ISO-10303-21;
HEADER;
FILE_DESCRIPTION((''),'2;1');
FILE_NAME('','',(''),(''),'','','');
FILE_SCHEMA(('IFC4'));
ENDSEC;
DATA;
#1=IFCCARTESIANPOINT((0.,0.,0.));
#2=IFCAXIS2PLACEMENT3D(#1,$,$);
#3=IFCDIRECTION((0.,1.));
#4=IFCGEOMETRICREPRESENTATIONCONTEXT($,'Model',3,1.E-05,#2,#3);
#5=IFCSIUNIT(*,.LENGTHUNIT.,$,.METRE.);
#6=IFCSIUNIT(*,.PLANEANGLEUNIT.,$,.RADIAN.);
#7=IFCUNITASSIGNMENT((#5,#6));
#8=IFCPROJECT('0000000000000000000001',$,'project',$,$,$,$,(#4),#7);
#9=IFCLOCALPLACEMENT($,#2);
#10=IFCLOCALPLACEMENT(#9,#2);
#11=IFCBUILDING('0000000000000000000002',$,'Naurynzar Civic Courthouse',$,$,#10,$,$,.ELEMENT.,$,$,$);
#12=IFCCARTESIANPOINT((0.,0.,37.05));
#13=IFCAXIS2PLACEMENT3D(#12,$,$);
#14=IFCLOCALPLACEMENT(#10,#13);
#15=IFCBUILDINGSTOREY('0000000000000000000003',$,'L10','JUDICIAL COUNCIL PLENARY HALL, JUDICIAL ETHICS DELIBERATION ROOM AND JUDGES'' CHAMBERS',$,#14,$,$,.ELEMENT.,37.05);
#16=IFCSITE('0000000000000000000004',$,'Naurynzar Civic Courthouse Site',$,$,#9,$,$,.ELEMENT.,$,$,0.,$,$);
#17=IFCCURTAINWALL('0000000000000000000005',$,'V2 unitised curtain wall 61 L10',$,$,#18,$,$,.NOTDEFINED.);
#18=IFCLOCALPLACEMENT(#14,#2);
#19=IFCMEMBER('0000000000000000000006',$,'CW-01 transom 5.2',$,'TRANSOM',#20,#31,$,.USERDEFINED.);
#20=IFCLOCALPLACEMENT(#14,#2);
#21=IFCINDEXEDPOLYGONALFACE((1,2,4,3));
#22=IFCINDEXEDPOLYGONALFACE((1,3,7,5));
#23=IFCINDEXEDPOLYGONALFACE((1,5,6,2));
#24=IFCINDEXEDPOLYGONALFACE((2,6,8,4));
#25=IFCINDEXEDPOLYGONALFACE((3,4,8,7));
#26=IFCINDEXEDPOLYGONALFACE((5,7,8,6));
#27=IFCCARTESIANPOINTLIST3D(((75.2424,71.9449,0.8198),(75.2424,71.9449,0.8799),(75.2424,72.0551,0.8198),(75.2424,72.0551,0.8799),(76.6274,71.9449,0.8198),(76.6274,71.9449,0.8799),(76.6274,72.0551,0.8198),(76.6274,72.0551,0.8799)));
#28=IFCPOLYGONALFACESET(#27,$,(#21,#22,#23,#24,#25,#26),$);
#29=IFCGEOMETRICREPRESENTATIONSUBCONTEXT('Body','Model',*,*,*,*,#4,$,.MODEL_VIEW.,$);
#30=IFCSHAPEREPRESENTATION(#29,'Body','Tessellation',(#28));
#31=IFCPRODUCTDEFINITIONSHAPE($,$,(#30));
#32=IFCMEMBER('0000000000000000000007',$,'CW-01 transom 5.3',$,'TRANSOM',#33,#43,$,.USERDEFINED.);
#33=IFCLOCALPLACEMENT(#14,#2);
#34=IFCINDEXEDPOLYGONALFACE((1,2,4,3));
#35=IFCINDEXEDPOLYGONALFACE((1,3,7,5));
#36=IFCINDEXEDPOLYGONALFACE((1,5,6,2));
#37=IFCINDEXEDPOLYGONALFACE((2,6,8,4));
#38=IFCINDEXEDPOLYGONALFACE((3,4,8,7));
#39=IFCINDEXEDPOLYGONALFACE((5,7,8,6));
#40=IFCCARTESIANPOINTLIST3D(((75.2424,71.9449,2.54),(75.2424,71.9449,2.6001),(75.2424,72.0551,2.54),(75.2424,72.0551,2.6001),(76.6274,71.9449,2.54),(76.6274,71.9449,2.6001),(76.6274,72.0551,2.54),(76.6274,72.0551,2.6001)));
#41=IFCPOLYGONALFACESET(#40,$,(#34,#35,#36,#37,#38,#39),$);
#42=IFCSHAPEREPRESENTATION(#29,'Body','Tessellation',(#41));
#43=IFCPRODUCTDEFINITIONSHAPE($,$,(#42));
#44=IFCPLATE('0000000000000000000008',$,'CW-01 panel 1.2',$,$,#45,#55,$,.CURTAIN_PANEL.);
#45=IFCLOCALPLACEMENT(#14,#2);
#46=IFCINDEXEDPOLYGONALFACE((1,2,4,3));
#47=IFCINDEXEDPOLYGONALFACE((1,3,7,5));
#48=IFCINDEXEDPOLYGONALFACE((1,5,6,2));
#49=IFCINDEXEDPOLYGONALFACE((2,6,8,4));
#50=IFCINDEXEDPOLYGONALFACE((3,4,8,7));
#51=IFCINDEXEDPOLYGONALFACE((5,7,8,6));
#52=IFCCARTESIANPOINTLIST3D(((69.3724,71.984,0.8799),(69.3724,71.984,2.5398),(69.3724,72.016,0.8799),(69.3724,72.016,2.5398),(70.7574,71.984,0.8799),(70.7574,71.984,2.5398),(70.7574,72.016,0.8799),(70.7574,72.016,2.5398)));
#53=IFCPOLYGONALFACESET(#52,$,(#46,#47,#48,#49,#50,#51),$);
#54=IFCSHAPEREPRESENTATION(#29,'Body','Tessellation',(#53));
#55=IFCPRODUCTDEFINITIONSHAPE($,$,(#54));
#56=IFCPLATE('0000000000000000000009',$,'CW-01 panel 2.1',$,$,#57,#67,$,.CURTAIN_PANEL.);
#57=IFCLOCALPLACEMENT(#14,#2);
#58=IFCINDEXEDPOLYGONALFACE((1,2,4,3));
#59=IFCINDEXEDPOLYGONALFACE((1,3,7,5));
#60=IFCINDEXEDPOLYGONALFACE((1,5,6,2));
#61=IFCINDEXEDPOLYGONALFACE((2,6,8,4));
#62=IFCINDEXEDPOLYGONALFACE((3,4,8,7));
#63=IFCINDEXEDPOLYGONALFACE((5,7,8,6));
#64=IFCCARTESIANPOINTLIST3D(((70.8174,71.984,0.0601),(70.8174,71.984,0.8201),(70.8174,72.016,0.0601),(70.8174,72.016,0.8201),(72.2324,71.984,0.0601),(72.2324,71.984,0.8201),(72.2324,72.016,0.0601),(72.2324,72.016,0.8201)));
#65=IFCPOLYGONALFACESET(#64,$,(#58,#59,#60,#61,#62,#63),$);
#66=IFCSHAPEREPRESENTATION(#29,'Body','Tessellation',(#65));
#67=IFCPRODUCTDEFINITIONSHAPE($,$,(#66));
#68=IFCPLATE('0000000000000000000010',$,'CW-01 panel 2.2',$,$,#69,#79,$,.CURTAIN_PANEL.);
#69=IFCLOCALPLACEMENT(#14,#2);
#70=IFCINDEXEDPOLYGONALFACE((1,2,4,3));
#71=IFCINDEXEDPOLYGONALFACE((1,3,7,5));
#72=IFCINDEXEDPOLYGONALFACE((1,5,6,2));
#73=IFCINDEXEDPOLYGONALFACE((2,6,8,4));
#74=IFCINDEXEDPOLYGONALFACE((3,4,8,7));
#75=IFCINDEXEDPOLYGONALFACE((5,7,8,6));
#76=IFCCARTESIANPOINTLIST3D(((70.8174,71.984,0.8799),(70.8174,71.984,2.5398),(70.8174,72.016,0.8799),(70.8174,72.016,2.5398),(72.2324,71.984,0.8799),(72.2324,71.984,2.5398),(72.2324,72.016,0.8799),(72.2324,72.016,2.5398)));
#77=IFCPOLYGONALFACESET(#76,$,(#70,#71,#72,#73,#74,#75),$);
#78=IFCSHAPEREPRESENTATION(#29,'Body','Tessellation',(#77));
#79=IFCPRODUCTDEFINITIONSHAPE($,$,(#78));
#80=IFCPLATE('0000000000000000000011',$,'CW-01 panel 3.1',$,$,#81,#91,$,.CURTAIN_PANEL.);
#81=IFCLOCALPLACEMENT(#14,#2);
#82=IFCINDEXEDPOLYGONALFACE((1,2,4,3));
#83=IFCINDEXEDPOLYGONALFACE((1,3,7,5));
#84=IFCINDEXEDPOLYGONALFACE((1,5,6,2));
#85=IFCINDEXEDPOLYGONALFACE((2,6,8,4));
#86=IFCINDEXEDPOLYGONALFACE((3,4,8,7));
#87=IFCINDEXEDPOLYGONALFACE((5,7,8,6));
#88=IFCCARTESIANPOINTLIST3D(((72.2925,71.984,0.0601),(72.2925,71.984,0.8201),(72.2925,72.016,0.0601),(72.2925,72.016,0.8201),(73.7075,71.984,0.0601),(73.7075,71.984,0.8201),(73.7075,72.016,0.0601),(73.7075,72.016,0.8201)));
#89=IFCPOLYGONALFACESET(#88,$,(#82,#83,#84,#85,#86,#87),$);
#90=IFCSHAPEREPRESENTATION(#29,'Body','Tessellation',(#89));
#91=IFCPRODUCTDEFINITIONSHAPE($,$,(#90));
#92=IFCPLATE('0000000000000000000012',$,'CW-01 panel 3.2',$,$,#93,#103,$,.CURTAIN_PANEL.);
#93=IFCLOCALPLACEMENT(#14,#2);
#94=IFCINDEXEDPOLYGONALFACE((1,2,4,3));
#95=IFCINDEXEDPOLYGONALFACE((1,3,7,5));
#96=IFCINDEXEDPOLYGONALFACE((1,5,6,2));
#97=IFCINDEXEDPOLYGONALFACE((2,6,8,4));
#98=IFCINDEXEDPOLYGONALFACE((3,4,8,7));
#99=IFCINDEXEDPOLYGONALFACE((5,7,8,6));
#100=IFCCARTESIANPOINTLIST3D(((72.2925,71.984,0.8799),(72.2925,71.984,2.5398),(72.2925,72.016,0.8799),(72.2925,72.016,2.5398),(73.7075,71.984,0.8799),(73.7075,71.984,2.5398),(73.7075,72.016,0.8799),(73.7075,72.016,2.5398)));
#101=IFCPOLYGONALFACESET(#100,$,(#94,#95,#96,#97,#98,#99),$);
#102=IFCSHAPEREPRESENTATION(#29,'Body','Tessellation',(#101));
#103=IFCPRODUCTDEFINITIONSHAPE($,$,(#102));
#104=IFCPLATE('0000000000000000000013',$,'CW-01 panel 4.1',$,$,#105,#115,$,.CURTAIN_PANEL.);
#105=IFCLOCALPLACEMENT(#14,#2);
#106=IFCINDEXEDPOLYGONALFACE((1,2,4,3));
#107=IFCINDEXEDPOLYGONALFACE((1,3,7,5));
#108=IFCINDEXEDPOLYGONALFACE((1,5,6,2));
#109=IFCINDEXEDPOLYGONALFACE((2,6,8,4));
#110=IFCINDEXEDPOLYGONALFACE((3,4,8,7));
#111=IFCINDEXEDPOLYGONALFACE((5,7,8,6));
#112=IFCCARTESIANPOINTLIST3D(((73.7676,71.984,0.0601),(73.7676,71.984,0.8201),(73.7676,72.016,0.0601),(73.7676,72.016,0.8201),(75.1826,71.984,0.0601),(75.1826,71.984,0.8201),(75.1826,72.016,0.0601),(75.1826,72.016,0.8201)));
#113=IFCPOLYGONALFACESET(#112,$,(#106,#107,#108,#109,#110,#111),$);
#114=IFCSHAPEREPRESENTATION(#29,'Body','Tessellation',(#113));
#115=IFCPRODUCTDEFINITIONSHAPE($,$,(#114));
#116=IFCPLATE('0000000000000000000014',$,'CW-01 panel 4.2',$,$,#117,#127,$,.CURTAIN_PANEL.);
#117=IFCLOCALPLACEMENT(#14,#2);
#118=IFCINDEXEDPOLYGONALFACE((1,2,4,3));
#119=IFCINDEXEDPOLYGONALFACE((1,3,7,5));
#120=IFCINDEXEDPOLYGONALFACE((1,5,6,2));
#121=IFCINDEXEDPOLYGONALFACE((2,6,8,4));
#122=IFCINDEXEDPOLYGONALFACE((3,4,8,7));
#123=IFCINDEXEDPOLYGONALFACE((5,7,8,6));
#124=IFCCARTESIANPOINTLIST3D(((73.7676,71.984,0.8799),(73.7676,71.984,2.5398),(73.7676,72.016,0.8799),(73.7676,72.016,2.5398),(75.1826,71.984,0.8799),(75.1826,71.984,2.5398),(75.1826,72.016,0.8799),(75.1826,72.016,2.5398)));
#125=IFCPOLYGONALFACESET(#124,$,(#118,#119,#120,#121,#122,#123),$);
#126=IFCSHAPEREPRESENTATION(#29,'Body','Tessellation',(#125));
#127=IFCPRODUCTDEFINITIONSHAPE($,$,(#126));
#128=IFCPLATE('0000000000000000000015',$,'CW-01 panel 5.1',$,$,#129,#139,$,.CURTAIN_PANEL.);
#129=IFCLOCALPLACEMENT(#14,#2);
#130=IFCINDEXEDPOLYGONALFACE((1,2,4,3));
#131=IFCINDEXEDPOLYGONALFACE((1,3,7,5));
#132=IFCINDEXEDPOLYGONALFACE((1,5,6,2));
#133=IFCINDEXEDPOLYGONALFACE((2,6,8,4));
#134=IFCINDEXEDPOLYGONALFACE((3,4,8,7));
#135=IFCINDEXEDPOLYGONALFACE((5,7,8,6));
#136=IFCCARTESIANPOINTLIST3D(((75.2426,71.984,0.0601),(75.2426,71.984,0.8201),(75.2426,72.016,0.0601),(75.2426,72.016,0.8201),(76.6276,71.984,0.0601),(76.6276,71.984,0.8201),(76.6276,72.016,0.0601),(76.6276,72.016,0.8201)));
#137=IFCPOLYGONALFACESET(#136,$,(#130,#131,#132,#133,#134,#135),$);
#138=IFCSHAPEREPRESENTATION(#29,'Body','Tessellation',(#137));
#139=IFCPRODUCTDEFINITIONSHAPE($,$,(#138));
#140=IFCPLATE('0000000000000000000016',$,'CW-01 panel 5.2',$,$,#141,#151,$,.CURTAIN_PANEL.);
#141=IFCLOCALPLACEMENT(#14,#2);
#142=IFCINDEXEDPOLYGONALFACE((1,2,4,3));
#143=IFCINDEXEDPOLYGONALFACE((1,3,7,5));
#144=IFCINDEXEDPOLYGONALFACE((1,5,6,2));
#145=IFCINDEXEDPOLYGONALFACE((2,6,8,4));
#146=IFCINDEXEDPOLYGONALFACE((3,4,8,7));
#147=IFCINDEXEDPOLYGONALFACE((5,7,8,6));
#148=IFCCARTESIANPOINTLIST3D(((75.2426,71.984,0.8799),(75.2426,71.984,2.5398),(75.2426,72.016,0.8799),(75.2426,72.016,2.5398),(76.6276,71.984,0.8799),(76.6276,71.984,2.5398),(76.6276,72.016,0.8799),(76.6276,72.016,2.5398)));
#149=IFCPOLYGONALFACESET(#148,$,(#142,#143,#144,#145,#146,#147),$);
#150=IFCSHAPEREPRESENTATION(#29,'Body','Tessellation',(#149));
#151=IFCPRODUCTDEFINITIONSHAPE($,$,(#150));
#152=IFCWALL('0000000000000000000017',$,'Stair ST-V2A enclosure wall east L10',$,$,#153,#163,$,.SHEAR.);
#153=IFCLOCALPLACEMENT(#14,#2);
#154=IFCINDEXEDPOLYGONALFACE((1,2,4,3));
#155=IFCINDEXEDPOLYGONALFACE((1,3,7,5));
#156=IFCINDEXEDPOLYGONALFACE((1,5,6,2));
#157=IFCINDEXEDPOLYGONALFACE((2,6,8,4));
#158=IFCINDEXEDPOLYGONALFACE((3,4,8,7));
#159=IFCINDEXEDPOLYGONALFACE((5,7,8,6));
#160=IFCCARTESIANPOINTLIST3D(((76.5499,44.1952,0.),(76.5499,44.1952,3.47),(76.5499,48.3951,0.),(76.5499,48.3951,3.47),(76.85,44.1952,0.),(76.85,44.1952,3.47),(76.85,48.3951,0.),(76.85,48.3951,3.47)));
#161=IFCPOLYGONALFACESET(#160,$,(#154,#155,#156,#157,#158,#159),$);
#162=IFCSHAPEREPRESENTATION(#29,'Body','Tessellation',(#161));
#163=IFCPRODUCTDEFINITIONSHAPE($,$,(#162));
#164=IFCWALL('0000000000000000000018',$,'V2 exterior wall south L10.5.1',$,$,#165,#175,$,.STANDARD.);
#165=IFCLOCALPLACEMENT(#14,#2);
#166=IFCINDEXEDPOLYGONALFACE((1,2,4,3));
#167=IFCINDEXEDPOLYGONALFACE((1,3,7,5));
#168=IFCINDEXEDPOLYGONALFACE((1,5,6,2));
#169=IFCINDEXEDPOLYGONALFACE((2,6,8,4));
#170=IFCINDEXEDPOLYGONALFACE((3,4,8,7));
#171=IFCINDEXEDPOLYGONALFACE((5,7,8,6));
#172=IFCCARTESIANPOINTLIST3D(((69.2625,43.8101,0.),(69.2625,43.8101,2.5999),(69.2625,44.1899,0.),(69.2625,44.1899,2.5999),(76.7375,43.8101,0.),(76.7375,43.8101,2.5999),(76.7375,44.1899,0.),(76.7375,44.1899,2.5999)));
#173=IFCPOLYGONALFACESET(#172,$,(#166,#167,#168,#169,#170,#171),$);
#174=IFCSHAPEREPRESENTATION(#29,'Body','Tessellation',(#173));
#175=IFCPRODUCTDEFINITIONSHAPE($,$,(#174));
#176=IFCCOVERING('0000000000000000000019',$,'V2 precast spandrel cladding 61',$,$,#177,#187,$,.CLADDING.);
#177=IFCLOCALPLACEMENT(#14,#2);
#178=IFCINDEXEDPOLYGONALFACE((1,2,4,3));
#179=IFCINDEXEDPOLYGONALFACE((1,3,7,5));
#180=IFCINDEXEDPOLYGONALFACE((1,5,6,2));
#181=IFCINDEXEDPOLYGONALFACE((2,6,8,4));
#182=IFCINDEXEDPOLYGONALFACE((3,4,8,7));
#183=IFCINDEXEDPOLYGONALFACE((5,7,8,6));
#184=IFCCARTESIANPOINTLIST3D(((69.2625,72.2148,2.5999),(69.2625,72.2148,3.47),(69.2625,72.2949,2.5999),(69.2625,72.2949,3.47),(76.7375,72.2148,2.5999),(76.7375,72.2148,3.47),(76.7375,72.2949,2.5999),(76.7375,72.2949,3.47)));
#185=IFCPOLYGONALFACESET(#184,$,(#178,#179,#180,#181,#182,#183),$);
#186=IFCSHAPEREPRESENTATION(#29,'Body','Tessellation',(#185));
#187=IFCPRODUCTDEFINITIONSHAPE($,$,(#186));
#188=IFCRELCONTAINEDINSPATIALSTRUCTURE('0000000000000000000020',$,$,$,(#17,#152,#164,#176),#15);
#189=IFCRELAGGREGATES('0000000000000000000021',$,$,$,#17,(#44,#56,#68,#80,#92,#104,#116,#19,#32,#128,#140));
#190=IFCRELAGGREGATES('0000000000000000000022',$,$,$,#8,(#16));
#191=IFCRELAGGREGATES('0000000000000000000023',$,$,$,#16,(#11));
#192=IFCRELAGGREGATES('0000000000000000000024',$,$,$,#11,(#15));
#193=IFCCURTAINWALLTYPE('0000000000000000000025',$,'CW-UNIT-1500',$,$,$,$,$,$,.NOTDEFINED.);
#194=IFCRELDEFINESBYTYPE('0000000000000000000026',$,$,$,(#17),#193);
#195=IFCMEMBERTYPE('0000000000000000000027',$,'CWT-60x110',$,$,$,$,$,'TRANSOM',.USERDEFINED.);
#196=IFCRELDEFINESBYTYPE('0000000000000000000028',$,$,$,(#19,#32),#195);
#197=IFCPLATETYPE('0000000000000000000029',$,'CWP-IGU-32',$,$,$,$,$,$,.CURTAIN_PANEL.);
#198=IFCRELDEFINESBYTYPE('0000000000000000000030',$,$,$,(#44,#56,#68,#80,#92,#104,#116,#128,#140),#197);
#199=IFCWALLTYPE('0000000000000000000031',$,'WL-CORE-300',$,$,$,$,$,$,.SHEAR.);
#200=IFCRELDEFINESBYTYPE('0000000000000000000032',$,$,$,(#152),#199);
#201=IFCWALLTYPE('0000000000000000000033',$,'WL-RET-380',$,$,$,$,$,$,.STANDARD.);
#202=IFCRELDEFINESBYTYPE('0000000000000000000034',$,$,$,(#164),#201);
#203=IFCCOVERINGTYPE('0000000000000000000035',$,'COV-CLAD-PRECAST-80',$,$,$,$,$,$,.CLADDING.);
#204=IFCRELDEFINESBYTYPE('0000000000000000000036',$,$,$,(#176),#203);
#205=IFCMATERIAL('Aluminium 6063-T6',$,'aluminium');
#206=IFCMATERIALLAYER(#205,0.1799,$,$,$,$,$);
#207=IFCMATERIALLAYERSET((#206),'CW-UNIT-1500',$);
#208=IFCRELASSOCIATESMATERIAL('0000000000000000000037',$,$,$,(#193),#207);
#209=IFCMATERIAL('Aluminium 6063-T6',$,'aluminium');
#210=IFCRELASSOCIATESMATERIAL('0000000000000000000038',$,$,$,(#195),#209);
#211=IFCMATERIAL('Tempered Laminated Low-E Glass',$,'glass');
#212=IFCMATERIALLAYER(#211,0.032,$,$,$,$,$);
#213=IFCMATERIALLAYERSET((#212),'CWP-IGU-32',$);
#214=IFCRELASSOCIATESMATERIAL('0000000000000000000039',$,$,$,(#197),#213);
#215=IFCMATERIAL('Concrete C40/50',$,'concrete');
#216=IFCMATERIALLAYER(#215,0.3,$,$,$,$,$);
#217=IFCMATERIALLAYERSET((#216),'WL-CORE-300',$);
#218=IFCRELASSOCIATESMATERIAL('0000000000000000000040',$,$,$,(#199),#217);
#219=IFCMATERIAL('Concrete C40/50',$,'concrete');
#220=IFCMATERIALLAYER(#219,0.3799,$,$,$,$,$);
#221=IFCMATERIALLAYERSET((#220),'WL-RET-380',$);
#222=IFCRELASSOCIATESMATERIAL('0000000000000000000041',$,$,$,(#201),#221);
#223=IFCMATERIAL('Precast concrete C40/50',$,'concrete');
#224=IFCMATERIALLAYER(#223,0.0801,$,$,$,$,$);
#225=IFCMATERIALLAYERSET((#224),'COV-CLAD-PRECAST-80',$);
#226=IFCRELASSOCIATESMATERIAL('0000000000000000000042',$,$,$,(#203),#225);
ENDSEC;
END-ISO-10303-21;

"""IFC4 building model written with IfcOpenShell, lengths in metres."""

from ifc_helpers import new_model, si_unit, direction, frame, frame_2d, origin, origin_2d, place, context, subcontext, project, spatial, rectangle, extrude, material, layer, layer_set, material_profile, profile_set, type_object, element, aggregate, save


model = new_model("IFC4")

# Units and contexts
model_context = context("Model", 3, precision=1e-05, world=origin(), true_north=direction((0.0, 1.0)))
body_context = subcontext(model_context, "Body", "Model", "MODEL_VIEW")
ifc_project = project(units=[si_unit("LENGTHUNIT", "METRE"), si_unit("PLANEANGLEUNIT", "RADIAN")], contexts=[model_context])

# Site, building, storey
site_placement = place(None, origin())
site = spatial("IfcSite", under=ifc_project, at=site_placement, Name="Naurynzar Civic Courthouse Site", CompositionType="ELEMENT", RefElevation=0.0)
building_placement = place(site_placement, origin())
building = spatial("IfcBuilding", under=site, at=building_placement, Name="Naurynzar Civic Courthouse", CompositionType="ELEMENT")
storey_placement = place(building_placement, frame((0.0, 0.0, 37.05)))
storey = spatial("IfcBuildingStorey", under=building, at=storey_placement, Name="L10", Description="JUDICIAL COUNCIL PLENARY HALL, JUDICIAL ETHICS DELIBERATION ROOM AND JUDGES' CHAMBERS", CompositionType="ELEMENT", Elevation=37.05)

# Curtain wall, members, plates
ifc_material_1 = material(Name="Aluminium 6063-T6", Category="aluminium")
ifc_layer_1 = layer(ifc_material_1, 0.1799)
ifc_layer_set_1 = layer_set([ifc_layer_1], Name="CW-UNIT-1500")
curtain_wall_type = type_object("IfcCurtainWallType", Name="CW-UNIT-1500", PredefinedType="NOTDEFINED", material=ifc_layer_set_1)
curtain_wall_placement = place(storey_placement, origin())
curtain_wall = element("IfcCurtainWall", 1, at=curtain_wall_placement, inside=storey, type_object=curtain_wall_type, Name="V2 unitised curtain wall 61 L10", PredefinedType="NOTDEFINED")
ifc_material_2 = material(Name="Aluminium 6063-T6", Category="aluminium")
ifc_material_profile_1 = material_profile(ifc_material_2, rectangle(XDim=0.1101, YDim=0.0601, at=origin_2d()), Name="ALU TRANSOM 60x110")
ifc_profile_set_1 = profile_set([ifc_material_profile_1], Name="Aluminium 6063-T6")
member_type_1 = type_object("IfcMemberType", Name="CWT-60x110", ElementType="TRANSOM", PredefinedType="USERDEFINED", material=ifc_profile_set_1)
member_1_placement = place(storey_placement, frame((75.2424, 72.0, 0.8499), z_axis=(1.0, 0.0, 0.0), x_axis=(0.0, 1.0, 0.0)))
member_1 = element("IfcMember", 2, at=member_1_placement, type_object=member_type_1, Name="CW-01 transom 5.2", ObjectType="TRANSOM", PredefinedType="USERDEFINED", context=body_context, shape_type="SweptSolid", body=[
    extrude(rectangle(XDim=0.1101, YDim=0.0601, at=origin_2d()), origin(), (0.0, 0.0, 1.0), 1.385),
])
member_2_placement = place(storey_placement, frame((75.2424, 72.0, 2.5701), z_axis=(1.0, 0.0, 0.0), x_axis=(0.0, 1.0, 0.0)))
member_2 = element("IfcMember", 3, at=member_2_placement, type_object=member_type_1, Name="CW-01 transom 5.3", ObjectType="TRANSOM", PredefinedType="USERDEFINED", context=body_context, shape_type="SweptSolid", body=[
    extrude(rectangle(XDim=0.1101, YDim=0.0601, at=origin_2d()), origin(), (0.0, 0.0, 1.0), 1.385),
])
ifc_material_3 = material(Name="Tempered Laminated Low-E Glass", Category="glass")
ifc_layer_2 = layer(ifc_material_3, 0.032)
ifc_layer_set_2 = layer_set([ifc_layer_2], Name="CWP-IGU-32")
plate_type = type_object("IfcPlateType", Name="CWP-IGU-32", PredefinedType="CURTAIN_PANEL", material=ifc_layer_set_2)
plate_1_placement = place(storey_placement, frame((70.0649, 72.0, 0.8799), z_axis=(0.0, 0.0, 1.0), x_axis=(1.0, 0.0, 0.0)))
plate_1 = element("IfcPlate", 4, at=plate_1_placement, type_object=plate_type, Name="CW-01 panel 1.2", PredefinedType="CURTAIN_PANEL", context=body_context, shape_type="SweptSolid", body=[
    extrude(rectangle(XDim=1.385, YDim=0.032, at=origin_2d()), origin(), (0.0, 0.0, 1.0), 1.6599),
])
plate_2_placement = place(storey_placement, frame((71.5249, 72.0, 0.0601), z_axis=(0.0, 0.0, 1.0), x_axis=(1.0, 0.0, 0.0)))
plate_2 = element("IfcPlate", 5, at=plate_2_placement, type_object=plate_type, Name="CW-01 panel 2.1", PredefinedType="CURTAIN_PANEL", context=body_context, shape_type="SweptSolid", body=[
    extrude(rectangle(XDim=1.415, YDim=0.032, at=origin_2d()), origin(), (0.0, 0.0, 1.0), 0.76),
])
plate_3_placement = place(storey_placement, frame((71.5249, 72.0, 0.8799), z_axis=(0.0, 0.0, 1.0), x_axis=(1.0, 0.0, 0.0)))
plate_3 = element("IfcPlate", 6, at=plate_3_placement, type_object=plate_type, Name="CW-01 panel 2.2", PredefinedType="CURTAIN_PANEL", context=body_context, shape_type="SweptSolid", body=[
    extrude(rectangle(XDim=1.415, YDim=0.032, at=origin_2d()), origin(), (0.0, 0.0, 1.0), 1.6599),
])
plate_4_placement = place(storey_placement, frame((73.0, 72.0, 0.0601), z_axis=(0.0, 0.0, 1.0), x_axis=(1.0, 0.0, 0.0)))
plate_4 = element("IfcPlate", 7, at=plate_4_placement, type_object=plate_type, Name="CW-01 panel 3.1", PredefinedType="CURTAIN_PANEL", context=body_context, shape_type="SweptSolid", body=[
    extrude(rectangle(XDim=1.415, YDim=0.032, at=origin_2d()), origin(), (0.0, 0.0, 1.0), 0.76),
])
plate_5_placement = place(storey_placement, frame((73.0, 72.0, 0.8799), z_axis=(0.0, 0.0, 1.0), x_axis=(1.0, 0.0, 0.0)))
plate_5 = element("IfcPlate", 8, at=plate_5_placement, type_object=plate_type, Name="CW-01 panel 3.2", PredefinedType="CURTAIN_PANEL", context=body_context, shape_type="SweptSolid", body=[
    extrude(rectangle(XDim=1.415, YDim=0.032, at=origin_2d()), origin(), (0.0, 0.0, 1.0), 1.6599),
])
plate_6_placement = place(storey_placement, frame((74.4751, 72.0, 0.0601), z_axis=(0.0, 0.0, 1.0), x_axis=(1.0, 0.0, 0.0)))
plate_6 = element("IfcPlate", 9, at=plate_6_placement, type_object=plate_type, Name="CW-01 panel 4.1", PredefinedType="CURTAIN_PANEL", context=body_context, shape_type="SweptSolid", body=[
    extrude(rectangle(XDim=1.415, YDim=0.032, at=origin_2d()), origin(), (0.0, 0.0, 1.0), 0.76),
])
plate_7_placement = place(storey_placement, frame((74.4751, 72.0, 0.8799), z_axis=(0.0, 0.0, 1.0), x_axis=(1.0, 0.0, 0.0)))
plate_7 = element("IfcPlate", 10, at=plate_7_placement, type_object=plate_type, Name="CW-01 panel 4.2", PredefinedType="CURTAIN_PANEL", context=body_context, shape_type="SweptSolid", body=[
    extrude(rectangle(XDim=1.415, YDim=0.032, at=origin_2d()), origin(), (0.0, 0.0, 1.0), 1.6599),
])
plate_8_placement = place(storey_placement, frame((75.9351, 72.0, 0.0601), z_axis=(0.0, 0.0, 1.0), x_axis=(1.0, 0.0, 0.0)))
plate_8 = element("IfcPlate", 11, at=plate_8_placement, type_object=plate_type, Name="CW-01 panel 5.1", PredefinedType="CURTAIN_PANEL", context=body_context, shape_type="SweptSolid", body=[
    extrude(rectangle(XDim=1.385, YDim=0.032, at=origin_2d()), origin(), (0.0, 0.0, 1.0), 0.76),
])
plate_9_placement = place(storey_placement, frame((75.9351, 72.0, 0.8799), z_axis=(0.0, 0.0, 1.0), x_axis=(1.0, 0.0, 0.0)))
plate_9 = element("IfcPlate", 12, at=plate_9_placement, type_object=plate_type, Name="CW-01 panel 5.2", PredefinedType="CURTAIN_PANEL", context=body_context, shape_type="SweptSolid", body=[
    extrude(rectangle(XDim=1.385, YDim=0.032, at=origin_2d()), origin(), (0.0, 0.0, 1.0), 1.6599),
])
aggregate(curtain_wall, [plate_1, plate_2, plate_3, plate_4, plate_5, plate_6, plate_7, member_1, member_2, plate_8, plate_9])

# Walls
ifc_material_4 = material(Name="Concrete C40/50", Category="concrete")
ifc_layer_3 = layer(ifc_material_4, 0.3)
ifc_layer_set_3 = layer_set([ifc_layer_3], Name="WL-CORE-300")
wall_type_1 = type_object("IfcWallType", Name="WL-CORE-300", PredefinedType="SHEAR", material=ifc_layer_set_3)
wall_1_placement = place(storey_placement, frame((76.7, 44.1951, 0.0), z_axis=(0.0, 0.0, 1.0), x_axis=(0.0, 1.0, 0.0)))
element("IfcWall", 13, at=wall_1_placement, inside=storey, type_object=wall_type_1, Name="Stair ST-V2A enclosure wall east L10", PredefinedType="SHEAR", context=body_context, shape_type="SweptSolid", body=[
    extrude(rectangle(XDim=4.2, YDim=0.3, at=frame_2d((2.1001, 0.0))), origin(), (0.0, 0.0, 1.0), 3.47),
])
ifc_material_5 = material(Name="Concrete C40/50", Category="concrete")
ifc_layer_4 = layer(ifc_material_5, 0.3799)
ifc_layer_set_4 = layer_set([ifc_layer_4], Name="WL-RET-380")
wall_type_2 = type_object("IfcWallType", Name="WL-RET-380", PredefinedType="STANDARD", material=ifc_layer_set_4)
wall_2_placement = place(storey_placement, frame((76.7375, 44.0, 0.0), z_axis=(0.0, 0.0, 1.0), x_axis=(-1.0, 0.0, 0.0)))
element("IfcWall", 14, at=wall_2_placement, inside=storey, type_object=wall_type_2, Name="V2 exterior wall south L10.5.1", PredefinedType="STANDARD", context=body_context, shape_type="SweptSolid", body=[
    extrude(rectangle(XDim=7.4751, YDim=0.3799, at=frame_2d((3.7375, 0.0))), origin(), (0.0, 0.0, 1.0), 2.5999),
])

# Covering
ifc_material_6 = material(Name="Precast concrete C40/50", Category="concrete")
ifc_layer_5 = layer(ifc_material_6, 0.0801)
ifc_layer_set_5 = layer_set([ifc_layer_5], Name="COV-CLAD-PRECAST-80")
covering_type = type_object("IfcCoveringType", Name="COV-CLAD-PRECAST-80", PredefinedType="CLADDING", material=ifc_layer_set_5)
covering_placement = place(storey_placement, frame((73.0, 72.2549, 2.5999), z_axis=(0.0, 0.0, 1.0), x_axis=(1.0, 0.0, 0.0)))
element("IfcCovering", 15, at=covering_placement, inside=storey, type_object=covering_type, Name="V2 precast spandrel cladding 61", PredefinedType="CLADDING", context=body_context, shape_type="SweptSolid", body=[
    extrude(rectangle(XDim=7.4751, YDim=0.0801, at=origin_2d()), origin(), (0.0, 0.0, 1.0), 0.8701),
])

save(model, "model.ifc")
